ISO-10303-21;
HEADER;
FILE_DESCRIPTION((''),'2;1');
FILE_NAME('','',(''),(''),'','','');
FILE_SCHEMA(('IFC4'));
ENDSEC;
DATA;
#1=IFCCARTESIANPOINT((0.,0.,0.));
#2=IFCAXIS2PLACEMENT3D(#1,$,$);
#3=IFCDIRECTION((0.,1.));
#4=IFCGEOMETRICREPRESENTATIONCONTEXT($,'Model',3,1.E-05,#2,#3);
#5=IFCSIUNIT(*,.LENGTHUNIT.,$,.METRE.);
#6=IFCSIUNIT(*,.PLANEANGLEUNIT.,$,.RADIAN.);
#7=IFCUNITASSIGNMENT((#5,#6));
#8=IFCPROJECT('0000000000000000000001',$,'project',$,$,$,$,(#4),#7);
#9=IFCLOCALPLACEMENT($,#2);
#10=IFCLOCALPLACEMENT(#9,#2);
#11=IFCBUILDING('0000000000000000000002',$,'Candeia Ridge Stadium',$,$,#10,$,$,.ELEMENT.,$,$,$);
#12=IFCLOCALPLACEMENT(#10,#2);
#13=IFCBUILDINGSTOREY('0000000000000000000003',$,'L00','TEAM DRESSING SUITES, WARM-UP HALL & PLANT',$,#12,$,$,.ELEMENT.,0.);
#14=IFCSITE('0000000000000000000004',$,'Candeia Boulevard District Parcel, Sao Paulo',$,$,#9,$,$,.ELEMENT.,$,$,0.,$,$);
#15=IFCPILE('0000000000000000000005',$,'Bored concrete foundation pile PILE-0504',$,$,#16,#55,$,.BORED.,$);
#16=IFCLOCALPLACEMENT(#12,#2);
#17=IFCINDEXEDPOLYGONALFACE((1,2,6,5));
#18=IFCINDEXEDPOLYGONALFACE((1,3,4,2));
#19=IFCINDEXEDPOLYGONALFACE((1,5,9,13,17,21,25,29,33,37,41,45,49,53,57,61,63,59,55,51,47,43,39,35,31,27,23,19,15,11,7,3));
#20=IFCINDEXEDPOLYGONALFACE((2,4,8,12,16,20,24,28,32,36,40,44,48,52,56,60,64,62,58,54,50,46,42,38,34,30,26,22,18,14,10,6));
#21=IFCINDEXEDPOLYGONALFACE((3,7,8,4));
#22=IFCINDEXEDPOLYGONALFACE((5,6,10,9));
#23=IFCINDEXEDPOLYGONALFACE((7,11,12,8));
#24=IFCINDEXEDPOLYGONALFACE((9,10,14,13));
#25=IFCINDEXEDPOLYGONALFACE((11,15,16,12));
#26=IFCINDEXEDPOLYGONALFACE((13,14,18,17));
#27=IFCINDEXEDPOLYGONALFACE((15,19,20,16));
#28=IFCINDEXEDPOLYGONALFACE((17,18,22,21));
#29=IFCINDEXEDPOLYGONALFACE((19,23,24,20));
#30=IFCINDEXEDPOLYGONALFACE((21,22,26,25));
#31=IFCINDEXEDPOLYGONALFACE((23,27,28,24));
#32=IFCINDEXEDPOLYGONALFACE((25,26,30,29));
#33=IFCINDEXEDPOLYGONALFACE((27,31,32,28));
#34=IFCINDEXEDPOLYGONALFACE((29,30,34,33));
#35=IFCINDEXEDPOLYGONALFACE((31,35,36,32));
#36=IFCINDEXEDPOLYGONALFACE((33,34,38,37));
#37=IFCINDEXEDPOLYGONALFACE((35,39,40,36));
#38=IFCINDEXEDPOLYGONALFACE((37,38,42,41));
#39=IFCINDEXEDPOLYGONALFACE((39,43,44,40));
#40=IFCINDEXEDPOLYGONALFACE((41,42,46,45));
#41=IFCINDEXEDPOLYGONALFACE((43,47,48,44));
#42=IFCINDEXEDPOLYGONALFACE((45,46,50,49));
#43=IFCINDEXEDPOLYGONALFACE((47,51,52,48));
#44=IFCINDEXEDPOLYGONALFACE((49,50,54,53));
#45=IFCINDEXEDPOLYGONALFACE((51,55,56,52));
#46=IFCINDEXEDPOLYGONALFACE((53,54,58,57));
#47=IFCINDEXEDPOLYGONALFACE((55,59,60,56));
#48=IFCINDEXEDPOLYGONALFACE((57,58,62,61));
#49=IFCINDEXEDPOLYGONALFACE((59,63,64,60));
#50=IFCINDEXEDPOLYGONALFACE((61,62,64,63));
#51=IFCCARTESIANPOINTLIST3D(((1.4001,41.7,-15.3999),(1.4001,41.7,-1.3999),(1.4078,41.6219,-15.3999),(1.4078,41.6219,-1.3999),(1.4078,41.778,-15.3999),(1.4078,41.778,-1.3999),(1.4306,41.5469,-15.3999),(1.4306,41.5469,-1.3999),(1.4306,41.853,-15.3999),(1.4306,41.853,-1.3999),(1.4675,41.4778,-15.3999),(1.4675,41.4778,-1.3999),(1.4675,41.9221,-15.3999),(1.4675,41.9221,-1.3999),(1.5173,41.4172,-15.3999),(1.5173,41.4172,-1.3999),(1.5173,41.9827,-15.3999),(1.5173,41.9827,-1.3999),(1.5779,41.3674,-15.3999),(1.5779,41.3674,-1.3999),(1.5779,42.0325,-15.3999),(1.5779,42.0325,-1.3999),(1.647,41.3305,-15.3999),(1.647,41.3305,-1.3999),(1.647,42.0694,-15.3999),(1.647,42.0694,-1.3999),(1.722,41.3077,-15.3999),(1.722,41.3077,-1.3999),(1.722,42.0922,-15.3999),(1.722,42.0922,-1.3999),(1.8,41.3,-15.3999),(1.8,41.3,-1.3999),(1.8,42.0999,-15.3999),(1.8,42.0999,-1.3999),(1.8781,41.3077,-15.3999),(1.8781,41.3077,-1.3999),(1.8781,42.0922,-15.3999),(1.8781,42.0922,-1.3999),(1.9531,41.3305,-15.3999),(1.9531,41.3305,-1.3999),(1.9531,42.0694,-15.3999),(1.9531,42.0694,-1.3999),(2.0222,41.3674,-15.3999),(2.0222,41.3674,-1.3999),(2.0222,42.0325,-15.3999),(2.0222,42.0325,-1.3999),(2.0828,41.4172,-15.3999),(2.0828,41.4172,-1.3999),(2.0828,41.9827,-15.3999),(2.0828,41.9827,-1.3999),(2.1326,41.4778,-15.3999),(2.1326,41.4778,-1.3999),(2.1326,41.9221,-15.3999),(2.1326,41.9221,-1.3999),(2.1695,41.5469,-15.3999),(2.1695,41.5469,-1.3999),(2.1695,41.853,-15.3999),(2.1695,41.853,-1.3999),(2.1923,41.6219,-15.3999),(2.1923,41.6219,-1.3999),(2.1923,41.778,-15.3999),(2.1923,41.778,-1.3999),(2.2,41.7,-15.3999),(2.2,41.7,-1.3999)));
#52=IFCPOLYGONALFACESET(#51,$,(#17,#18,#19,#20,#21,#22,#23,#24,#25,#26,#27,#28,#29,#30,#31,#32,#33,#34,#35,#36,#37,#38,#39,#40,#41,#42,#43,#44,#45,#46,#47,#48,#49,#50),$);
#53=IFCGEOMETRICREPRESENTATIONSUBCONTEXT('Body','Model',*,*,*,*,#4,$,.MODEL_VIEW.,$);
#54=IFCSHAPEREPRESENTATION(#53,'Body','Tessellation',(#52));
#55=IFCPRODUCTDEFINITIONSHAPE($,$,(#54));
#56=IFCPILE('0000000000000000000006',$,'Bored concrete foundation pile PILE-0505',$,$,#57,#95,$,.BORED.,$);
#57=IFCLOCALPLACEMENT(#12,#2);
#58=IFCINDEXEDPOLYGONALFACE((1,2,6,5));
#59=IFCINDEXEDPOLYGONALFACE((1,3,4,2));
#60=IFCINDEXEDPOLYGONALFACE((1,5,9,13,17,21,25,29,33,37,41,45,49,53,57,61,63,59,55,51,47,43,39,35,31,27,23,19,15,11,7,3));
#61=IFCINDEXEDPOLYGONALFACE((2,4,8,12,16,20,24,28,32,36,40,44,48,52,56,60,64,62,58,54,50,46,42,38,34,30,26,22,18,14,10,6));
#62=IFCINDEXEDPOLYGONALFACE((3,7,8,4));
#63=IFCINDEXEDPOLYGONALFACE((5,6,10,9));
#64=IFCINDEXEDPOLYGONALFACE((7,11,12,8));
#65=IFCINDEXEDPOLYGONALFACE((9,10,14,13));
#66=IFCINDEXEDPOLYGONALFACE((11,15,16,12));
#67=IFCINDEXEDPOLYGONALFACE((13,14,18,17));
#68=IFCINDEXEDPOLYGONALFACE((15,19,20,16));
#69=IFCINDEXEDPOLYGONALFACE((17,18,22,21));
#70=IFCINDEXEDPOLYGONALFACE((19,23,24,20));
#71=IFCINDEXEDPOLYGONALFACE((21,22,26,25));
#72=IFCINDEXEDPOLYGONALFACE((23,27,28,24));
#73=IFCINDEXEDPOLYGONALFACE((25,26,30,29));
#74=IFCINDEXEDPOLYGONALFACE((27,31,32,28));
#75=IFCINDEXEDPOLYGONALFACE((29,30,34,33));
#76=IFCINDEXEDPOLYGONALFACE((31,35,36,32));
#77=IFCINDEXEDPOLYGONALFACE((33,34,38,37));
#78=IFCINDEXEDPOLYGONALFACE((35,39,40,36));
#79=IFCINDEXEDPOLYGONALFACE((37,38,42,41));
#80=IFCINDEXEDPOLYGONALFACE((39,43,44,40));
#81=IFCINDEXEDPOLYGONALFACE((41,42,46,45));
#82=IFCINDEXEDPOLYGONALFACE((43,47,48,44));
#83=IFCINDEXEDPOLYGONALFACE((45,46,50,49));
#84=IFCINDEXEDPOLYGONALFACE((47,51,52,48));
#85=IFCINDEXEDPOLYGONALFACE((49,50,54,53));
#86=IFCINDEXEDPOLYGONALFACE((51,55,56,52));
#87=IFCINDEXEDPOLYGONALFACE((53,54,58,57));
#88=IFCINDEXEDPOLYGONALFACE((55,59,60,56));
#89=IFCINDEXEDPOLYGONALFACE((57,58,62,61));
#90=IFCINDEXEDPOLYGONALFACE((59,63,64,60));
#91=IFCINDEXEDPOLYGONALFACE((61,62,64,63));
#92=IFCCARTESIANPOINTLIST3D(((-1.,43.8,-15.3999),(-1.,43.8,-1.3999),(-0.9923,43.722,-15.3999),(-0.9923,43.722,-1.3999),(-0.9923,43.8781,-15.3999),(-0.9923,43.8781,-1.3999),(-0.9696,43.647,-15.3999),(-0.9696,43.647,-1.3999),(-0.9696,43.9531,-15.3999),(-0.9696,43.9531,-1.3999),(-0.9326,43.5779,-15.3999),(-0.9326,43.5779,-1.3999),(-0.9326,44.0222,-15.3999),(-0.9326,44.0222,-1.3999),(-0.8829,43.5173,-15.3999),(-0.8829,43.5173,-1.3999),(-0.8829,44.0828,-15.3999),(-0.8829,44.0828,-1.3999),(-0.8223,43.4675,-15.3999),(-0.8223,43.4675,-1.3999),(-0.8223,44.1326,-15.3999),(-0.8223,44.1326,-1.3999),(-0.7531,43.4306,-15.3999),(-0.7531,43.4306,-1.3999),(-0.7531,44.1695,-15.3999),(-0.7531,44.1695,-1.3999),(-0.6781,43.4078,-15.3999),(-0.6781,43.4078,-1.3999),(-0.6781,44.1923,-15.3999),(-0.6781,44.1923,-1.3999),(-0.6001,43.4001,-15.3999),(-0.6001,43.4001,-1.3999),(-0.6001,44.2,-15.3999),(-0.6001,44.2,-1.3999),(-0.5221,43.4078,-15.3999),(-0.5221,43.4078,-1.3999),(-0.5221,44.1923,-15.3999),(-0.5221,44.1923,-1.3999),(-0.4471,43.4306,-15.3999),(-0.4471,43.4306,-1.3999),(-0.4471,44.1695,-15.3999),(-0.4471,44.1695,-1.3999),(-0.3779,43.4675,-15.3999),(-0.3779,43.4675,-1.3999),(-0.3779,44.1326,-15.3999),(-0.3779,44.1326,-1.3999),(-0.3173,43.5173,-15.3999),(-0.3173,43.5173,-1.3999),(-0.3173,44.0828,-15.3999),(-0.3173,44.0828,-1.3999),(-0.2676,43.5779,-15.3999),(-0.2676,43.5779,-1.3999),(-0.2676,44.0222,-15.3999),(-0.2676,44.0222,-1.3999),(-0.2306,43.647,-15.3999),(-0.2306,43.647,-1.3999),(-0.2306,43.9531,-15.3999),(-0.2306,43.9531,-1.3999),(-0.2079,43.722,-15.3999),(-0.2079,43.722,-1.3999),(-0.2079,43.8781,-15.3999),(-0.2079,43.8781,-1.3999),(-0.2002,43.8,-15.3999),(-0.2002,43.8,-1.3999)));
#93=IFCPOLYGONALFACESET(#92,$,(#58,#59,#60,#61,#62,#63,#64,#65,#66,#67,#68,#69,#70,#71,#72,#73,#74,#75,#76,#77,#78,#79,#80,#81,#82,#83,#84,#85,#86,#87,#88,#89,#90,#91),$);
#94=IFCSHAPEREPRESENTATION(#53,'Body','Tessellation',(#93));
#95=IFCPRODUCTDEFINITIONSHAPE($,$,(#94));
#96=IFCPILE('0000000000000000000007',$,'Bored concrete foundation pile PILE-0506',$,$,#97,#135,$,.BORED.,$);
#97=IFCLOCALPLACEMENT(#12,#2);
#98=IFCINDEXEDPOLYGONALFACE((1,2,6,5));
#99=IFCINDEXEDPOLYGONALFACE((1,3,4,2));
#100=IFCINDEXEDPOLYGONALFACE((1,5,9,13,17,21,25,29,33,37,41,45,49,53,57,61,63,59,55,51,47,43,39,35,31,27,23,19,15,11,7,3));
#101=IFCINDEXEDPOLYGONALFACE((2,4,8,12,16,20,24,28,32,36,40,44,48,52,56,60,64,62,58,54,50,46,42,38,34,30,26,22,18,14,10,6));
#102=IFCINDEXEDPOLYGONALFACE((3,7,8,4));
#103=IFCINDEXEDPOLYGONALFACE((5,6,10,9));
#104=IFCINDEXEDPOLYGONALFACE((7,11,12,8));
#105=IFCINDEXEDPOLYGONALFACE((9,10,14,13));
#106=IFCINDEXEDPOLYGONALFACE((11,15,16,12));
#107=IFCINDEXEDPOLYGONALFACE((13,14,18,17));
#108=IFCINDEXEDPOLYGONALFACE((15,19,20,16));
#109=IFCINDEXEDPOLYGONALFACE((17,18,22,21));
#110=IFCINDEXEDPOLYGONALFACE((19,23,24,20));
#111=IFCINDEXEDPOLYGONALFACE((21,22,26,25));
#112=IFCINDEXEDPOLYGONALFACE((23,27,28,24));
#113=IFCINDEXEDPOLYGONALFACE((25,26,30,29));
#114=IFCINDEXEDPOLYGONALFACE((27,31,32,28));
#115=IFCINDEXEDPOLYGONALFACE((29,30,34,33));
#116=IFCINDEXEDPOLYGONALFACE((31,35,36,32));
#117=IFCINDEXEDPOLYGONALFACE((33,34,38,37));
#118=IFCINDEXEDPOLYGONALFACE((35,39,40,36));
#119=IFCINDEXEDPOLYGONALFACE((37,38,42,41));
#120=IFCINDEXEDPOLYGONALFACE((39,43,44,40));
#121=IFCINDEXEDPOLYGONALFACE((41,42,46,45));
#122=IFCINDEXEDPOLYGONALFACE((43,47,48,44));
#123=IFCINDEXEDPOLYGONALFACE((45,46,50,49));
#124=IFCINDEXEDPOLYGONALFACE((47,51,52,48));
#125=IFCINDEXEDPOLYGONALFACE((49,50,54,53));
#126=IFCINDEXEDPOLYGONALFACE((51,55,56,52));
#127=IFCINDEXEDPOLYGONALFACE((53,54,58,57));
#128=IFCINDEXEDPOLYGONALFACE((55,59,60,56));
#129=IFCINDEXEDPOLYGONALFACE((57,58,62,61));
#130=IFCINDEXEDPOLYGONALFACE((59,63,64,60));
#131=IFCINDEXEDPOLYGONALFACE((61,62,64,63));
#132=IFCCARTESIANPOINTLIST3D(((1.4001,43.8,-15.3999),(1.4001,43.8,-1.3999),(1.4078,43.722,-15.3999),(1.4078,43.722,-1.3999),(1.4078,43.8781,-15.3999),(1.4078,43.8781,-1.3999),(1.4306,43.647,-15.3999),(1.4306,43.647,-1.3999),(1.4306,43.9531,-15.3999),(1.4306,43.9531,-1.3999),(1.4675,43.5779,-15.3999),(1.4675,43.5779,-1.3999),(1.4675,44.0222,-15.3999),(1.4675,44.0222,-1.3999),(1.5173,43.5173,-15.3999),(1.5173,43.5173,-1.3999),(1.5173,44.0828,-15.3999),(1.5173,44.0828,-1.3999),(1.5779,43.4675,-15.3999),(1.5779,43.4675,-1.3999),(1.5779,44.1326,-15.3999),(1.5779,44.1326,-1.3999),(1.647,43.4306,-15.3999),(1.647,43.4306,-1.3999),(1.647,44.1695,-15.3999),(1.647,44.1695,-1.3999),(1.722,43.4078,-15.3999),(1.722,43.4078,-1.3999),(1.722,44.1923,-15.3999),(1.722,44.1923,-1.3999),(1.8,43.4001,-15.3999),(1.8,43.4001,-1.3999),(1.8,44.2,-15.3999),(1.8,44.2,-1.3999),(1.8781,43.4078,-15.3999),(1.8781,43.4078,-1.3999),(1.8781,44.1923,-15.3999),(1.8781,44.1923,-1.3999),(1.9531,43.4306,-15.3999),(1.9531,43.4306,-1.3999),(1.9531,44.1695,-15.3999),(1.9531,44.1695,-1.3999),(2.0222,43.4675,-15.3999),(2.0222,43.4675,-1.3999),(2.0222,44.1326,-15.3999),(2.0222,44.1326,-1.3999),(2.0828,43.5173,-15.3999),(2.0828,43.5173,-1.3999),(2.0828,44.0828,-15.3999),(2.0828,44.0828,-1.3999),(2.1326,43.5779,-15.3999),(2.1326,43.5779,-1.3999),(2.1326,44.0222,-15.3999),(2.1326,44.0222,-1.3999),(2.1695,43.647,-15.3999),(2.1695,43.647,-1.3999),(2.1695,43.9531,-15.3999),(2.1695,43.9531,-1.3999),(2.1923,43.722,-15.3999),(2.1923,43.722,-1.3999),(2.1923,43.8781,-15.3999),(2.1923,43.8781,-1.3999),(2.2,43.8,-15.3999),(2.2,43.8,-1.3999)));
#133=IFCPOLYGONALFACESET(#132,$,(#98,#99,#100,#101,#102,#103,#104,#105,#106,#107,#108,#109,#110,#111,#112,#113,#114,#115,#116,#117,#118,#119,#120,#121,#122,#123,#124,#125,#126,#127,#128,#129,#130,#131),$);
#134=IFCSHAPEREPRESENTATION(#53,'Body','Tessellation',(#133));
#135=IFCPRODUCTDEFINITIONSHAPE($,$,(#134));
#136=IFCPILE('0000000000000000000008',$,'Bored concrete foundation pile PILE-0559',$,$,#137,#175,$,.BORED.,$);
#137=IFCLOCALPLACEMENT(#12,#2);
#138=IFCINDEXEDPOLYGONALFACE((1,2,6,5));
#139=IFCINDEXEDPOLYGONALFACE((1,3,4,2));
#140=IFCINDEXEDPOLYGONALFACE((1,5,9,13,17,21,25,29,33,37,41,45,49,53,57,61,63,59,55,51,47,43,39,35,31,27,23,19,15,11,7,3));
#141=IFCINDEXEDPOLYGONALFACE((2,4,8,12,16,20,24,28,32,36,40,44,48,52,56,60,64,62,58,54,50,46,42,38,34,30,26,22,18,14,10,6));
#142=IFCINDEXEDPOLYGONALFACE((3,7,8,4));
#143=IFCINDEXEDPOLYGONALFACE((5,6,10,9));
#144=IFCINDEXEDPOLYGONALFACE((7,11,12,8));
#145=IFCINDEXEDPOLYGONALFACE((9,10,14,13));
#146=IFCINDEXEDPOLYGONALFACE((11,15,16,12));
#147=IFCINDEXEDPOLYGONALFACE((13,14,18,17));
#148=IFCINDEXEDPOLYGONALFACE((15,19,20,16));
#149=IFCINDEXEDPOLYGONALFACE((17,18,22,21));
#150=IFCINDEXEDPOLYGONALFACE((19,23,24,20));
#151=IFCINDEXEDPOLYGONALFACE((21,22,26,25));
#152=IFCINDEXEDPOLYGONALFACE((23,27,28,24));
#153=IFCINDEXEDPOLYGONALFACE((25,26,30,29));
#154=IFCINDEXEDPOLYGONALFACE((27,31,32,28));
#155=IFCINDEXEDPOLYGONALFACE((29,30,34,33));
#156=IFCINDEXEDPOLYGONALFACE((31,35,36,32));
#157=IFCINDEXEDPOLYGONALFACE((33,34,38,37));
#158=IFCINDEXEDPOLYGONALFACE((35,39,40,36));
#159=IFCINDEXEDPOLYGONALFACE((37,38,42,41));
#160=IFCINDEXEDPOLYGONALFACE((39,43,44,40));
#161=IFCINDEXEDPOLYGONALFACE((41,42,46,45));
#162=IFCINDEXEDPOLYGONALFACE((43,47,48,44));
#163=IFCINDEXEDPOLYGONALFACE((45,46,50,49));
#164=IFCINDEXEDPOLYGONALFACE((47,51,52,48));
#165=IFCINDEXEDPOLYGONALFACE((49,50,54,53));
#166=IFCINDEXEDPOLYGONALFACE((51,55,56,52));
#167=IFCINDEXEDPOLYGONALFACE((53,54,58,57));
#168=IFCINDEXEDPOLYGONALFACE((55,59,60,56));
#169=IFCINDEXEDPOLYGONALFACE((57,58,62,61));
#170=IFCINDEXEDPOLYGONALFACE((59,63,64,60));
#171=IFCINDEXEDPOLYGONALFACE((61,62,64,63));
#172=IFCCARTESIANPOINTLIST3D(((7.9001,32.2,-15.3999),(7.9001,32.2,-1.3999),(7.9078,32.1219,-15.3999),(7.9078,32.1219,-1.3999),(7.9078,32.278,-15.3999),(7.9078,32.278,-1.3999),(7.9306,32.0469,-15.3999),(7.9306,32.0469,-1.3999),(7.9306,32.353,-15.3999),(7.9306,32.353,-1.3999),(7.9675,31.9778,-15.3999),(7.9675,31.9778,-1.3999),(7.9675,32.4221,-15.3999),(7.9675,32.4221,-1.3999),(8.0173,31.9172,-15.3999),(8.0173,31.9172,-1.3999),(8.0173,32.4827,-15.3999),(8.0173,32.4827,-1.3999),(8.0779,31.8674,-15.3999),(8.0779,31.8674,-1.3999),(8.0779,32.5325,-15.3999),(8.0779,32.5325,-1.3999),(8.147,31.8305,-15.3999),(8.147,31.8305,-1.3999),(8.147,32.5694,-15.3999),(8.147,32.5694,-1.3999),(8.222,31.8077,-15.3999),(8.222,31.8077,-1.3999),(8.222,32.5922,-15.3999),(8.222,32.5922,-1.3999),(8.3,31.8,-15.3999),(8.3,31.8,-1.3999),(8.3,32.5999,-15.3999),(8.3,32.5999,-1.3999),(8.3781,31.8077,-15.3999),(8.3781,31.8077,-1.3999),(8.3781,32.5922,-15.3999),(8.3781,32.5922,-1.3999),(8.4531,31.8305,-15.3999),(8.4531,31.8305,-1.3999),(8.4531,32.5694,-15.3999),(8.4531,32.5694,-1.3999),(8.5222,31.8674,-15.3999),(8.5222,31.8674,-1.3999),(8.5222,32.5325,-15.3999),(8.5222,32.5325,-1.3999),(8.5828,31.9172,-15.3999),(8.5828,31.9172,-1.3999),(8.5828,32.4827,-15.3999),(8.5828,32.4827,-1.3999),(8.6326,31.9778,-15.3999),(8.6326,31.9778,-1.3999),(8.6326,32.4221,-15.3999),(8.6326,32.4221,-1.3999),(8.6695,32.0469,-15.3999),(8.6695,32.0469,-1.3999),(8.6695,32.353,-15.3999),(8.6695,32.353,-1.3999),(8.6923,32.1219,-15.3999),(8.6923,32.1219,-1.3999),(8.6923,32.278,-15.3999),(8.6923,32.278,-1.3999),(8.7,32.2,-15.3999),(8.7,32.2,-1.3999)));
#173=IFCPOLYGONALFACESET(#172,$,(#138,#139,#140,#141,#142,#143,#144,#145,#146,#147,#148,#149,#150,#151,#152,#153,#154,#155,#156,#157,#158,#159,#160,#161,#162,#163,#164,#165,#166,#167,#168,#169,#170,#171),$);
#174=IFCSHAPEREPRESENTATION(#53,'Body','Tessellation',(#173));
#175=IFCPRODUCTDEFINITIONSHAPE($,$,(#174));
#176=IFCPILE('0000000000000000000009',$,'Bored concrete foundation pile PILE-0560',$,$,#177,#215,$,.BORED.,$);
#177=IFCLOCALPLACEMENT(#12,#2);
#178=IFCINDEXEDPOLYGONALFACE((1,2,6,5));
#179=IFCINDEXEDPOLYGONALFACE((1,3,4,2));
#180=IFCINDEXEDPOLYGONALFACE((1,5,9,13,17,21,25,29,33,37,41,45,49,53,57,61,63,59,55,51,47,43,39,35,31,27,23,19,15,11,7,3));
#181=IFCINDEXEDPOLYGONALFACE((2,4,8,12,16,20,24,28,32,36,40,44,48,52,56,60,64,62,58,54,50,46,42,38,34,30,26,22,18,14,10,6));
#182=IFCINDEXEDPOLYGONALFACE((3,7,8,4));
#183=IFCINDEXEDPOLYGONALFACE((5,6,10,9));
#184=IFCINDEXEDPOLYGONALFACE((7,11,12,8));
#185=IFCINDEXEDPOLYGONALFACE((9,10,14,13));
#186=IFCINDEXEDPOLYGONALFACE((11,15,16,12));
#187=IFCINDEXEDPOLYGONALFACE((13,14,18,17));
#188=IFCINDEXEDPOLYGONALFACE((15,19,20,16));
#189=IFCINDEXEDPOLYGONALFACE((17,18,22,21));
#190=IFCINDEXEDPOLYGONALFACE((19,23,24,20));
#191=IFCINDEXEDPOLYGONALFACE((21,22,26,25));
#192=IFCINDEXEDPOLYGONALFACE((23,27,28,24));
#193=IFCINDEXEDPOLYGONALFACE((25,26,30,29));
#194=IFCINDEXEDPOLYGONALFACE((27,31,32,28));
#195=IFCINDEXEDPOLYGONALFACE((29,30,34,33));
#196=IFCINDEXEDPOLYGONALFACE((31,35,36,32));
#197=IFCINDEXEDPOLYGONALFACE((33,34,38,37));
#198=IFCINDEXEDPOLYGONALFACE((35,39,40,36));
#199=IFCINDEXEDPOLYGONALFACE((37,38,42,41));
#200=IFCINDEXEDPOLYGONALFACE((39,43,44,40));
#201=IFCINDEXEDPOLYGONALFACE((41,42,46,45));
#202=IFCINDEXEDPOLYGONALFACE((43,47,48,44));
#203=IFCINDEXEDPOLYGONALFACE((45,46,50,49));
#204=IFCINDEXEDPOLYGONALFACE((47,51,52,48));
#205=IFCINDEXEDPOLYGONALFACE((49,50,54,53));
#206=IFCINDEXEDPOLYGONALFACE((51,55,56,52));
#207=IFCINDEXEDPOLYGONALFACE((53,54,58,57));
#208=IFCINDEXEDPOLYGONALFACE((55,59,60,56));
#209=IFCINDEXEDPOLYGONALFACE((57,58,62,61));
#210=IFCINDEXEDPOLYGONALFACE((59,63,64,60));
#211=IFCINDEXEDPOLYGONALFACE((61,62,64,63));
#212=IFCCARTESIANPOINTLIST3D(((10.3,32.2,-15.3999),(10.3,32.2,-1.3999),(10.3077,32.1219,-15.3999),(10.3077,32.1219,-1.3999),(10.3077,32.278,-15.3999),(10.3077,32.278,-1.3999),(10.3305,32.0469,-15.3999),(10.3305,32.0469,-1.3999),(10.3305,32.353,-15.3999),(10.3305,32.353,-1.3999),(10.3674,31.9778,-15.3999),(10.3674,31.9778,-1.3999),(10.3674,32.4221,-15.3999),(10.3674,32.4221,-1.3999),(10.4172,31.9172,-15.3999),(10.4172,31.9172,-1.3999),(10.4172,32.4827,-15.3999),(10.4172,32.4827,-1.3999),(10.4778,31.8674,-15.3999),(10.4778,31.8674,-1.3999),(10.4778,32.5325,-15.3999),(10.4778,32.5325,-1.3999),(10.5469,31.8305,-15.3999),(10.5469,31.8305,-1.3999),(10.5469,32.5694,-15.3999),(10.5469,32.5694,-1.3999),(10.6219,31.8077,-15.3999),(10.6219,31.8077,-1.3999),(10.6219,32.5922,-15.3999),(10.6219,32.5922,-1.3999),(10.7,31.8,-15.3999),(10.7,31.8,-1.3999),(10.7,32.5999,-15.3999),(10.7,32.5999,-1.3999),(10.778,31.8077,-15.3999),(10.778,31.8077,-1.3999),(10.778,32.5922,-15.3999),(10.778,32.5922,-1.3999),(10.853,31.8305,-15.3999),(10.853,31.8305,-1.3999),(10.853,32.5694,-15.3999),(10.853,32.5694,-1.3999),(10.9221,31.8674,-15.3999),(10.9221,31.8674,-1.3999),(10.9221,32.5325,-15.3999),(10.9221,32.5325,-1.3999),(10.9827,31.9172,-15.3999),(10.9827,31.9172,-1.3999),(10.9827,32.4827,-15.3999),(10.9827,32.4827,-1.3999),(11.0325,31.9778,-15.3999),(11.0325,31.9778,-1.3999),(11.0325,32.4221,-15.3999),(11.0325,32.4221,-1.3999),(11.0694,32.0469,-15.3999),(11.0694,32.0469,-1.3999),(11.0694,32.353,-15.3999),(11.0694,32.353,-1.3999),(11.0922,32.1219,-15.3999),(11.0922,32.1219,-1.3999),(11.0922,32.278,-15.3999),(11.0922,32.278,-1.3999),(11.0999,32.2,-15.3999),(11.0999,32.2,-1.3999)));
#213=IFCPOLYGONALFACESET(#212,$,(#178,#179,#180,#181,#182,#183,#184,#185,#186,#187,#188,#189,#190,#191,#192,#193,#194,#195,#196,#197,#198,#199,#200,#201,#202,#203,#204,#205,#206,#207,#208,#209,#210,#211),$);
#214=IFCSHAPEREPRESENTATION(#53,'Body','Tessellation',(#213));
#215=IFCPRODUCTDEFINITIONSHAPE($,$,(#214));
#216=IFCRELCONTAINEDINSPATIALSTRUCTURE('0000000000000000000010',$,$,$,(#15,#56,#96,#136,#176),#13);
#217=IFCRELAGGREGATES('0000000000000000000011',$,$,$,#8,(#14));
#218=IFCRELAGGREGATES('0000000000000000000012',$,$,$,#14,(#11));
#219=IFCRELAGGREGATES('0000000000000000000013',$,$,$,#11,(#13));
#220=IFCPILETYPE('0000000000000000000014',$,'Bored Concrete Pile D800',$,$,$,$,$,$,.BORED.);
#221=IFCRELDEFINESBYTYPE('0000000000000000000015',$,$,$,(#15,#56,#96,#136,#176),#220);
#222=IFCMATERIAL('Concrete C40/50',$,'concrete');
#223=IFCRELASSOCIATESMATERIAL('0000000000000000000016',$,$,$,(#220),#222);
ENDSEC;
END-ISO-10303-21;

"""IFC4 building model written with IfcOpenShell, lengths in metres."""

from ifc_helpers import new_model, si_unit, direction, frame, origin, origin_2d, place, context, subcontext, project, spatial, circle, extrude, material, material_profile, profile_set, type_object, element, save


model = new_model("IFC4")

# Units and contexts
model_context = context("Model", 3, precision=1e-05, world=origin(), true_north=direction((0.0, 1.0)))
body_context = subcontext(model_context, "Body", "Model", "MODEL_VIEW")
ifc_project = project(units=[si_unit("LENGTHUNIT", "METRE"), si_unit("PLANEANGLEUNIT", "RADIAN")], contexts=[model_context])

# Site, building, storey
site_placement = place(None, origin())
site = spatial("IfcSite", under=ifc_project, at=site_placement, Name="Candeia Boulevard District Parcel, Sao Paulo", CompositionType="ELEMENT", RefElevation=0.0)
building_placement = place(site_placement, origin())
building = spatial("IfcBuilding", under=site, at=building_placement, Name="Candeia Ridge Stadium", CompositionType="ELEMENT")
storey_placement = place(building_placement, origin())
storey = spatial("IfcBuildingStorey", under=building, at=storey_placement, Name="L00", Description="TEAM DRESSING SUITES, WARM-UP HALL & PLANT", CompositionType="ELEMENT", Elevation=0.0)

# Piles
ifc_material_1 = material(Name="Concrete C40/50", Category="concrete")
ifc_material_profile_1 = material_profile(ifc_material_1, circle(Radius=0.3999, at=origin_2d()), Name="PILE-D800", Category="concrete")
ifc_profile_set_1 = profile_set([ifc_material_profile_1], Name="Concrete C40/50")
pile_type = type_object("IfcPileType", Name="Bored Concrete Pile D800", PredefinedType="BORED", material=ifc_profile_set_1)
for number, where, z_axis, x_axis, name in (
    (1, (1.8, 41.7, -1.3999), (0.0, 0.0, -1.0), (1.0, 0.0, 0.0), "Bored concrete foundation pile PILE-0504"),
    (2, (-0.6001, 43.8, -1.3999), (0.0, 0.0, -1.0), (1.0, 0.0, 0.0), "Bored concrete foundation pile PILE-0505"),
    (3, (1.8, 43.8, -1.3999), (0.0, 0.0, -1.0), (1.0, 0.0, 0.0), "Bored concrete foundation pile PILE-0506"),
    (4, (8.3, 32.2, -1.3999), (0.0, 0.0, -1.0), (1.0, 0.0, 0.0), "Bored concrete foundation pile PILE-0559"),
    (5, (10.7, 32.2, -1.3999), (0.0, 0.0, -1.0), (1.0, 0.0, 0.0), "Bored concrete foundation pile PILE-0560"),
):
    element("IfcPile", number, at=place(storey_placement, frame(where, z_axis=z_axis, x_axis=x_axis)), inside=storey, type_object=pile_type, Name=name, PredefinedType="BORED", context=body_context, shape_type="SweptSolid", body=[
        extrude(circle(Radius=0.3999, at=origin_2d()), origin(), (0.0, 0.0, 1.0), 14.0),
    ])

save(model, "model.ifc")
